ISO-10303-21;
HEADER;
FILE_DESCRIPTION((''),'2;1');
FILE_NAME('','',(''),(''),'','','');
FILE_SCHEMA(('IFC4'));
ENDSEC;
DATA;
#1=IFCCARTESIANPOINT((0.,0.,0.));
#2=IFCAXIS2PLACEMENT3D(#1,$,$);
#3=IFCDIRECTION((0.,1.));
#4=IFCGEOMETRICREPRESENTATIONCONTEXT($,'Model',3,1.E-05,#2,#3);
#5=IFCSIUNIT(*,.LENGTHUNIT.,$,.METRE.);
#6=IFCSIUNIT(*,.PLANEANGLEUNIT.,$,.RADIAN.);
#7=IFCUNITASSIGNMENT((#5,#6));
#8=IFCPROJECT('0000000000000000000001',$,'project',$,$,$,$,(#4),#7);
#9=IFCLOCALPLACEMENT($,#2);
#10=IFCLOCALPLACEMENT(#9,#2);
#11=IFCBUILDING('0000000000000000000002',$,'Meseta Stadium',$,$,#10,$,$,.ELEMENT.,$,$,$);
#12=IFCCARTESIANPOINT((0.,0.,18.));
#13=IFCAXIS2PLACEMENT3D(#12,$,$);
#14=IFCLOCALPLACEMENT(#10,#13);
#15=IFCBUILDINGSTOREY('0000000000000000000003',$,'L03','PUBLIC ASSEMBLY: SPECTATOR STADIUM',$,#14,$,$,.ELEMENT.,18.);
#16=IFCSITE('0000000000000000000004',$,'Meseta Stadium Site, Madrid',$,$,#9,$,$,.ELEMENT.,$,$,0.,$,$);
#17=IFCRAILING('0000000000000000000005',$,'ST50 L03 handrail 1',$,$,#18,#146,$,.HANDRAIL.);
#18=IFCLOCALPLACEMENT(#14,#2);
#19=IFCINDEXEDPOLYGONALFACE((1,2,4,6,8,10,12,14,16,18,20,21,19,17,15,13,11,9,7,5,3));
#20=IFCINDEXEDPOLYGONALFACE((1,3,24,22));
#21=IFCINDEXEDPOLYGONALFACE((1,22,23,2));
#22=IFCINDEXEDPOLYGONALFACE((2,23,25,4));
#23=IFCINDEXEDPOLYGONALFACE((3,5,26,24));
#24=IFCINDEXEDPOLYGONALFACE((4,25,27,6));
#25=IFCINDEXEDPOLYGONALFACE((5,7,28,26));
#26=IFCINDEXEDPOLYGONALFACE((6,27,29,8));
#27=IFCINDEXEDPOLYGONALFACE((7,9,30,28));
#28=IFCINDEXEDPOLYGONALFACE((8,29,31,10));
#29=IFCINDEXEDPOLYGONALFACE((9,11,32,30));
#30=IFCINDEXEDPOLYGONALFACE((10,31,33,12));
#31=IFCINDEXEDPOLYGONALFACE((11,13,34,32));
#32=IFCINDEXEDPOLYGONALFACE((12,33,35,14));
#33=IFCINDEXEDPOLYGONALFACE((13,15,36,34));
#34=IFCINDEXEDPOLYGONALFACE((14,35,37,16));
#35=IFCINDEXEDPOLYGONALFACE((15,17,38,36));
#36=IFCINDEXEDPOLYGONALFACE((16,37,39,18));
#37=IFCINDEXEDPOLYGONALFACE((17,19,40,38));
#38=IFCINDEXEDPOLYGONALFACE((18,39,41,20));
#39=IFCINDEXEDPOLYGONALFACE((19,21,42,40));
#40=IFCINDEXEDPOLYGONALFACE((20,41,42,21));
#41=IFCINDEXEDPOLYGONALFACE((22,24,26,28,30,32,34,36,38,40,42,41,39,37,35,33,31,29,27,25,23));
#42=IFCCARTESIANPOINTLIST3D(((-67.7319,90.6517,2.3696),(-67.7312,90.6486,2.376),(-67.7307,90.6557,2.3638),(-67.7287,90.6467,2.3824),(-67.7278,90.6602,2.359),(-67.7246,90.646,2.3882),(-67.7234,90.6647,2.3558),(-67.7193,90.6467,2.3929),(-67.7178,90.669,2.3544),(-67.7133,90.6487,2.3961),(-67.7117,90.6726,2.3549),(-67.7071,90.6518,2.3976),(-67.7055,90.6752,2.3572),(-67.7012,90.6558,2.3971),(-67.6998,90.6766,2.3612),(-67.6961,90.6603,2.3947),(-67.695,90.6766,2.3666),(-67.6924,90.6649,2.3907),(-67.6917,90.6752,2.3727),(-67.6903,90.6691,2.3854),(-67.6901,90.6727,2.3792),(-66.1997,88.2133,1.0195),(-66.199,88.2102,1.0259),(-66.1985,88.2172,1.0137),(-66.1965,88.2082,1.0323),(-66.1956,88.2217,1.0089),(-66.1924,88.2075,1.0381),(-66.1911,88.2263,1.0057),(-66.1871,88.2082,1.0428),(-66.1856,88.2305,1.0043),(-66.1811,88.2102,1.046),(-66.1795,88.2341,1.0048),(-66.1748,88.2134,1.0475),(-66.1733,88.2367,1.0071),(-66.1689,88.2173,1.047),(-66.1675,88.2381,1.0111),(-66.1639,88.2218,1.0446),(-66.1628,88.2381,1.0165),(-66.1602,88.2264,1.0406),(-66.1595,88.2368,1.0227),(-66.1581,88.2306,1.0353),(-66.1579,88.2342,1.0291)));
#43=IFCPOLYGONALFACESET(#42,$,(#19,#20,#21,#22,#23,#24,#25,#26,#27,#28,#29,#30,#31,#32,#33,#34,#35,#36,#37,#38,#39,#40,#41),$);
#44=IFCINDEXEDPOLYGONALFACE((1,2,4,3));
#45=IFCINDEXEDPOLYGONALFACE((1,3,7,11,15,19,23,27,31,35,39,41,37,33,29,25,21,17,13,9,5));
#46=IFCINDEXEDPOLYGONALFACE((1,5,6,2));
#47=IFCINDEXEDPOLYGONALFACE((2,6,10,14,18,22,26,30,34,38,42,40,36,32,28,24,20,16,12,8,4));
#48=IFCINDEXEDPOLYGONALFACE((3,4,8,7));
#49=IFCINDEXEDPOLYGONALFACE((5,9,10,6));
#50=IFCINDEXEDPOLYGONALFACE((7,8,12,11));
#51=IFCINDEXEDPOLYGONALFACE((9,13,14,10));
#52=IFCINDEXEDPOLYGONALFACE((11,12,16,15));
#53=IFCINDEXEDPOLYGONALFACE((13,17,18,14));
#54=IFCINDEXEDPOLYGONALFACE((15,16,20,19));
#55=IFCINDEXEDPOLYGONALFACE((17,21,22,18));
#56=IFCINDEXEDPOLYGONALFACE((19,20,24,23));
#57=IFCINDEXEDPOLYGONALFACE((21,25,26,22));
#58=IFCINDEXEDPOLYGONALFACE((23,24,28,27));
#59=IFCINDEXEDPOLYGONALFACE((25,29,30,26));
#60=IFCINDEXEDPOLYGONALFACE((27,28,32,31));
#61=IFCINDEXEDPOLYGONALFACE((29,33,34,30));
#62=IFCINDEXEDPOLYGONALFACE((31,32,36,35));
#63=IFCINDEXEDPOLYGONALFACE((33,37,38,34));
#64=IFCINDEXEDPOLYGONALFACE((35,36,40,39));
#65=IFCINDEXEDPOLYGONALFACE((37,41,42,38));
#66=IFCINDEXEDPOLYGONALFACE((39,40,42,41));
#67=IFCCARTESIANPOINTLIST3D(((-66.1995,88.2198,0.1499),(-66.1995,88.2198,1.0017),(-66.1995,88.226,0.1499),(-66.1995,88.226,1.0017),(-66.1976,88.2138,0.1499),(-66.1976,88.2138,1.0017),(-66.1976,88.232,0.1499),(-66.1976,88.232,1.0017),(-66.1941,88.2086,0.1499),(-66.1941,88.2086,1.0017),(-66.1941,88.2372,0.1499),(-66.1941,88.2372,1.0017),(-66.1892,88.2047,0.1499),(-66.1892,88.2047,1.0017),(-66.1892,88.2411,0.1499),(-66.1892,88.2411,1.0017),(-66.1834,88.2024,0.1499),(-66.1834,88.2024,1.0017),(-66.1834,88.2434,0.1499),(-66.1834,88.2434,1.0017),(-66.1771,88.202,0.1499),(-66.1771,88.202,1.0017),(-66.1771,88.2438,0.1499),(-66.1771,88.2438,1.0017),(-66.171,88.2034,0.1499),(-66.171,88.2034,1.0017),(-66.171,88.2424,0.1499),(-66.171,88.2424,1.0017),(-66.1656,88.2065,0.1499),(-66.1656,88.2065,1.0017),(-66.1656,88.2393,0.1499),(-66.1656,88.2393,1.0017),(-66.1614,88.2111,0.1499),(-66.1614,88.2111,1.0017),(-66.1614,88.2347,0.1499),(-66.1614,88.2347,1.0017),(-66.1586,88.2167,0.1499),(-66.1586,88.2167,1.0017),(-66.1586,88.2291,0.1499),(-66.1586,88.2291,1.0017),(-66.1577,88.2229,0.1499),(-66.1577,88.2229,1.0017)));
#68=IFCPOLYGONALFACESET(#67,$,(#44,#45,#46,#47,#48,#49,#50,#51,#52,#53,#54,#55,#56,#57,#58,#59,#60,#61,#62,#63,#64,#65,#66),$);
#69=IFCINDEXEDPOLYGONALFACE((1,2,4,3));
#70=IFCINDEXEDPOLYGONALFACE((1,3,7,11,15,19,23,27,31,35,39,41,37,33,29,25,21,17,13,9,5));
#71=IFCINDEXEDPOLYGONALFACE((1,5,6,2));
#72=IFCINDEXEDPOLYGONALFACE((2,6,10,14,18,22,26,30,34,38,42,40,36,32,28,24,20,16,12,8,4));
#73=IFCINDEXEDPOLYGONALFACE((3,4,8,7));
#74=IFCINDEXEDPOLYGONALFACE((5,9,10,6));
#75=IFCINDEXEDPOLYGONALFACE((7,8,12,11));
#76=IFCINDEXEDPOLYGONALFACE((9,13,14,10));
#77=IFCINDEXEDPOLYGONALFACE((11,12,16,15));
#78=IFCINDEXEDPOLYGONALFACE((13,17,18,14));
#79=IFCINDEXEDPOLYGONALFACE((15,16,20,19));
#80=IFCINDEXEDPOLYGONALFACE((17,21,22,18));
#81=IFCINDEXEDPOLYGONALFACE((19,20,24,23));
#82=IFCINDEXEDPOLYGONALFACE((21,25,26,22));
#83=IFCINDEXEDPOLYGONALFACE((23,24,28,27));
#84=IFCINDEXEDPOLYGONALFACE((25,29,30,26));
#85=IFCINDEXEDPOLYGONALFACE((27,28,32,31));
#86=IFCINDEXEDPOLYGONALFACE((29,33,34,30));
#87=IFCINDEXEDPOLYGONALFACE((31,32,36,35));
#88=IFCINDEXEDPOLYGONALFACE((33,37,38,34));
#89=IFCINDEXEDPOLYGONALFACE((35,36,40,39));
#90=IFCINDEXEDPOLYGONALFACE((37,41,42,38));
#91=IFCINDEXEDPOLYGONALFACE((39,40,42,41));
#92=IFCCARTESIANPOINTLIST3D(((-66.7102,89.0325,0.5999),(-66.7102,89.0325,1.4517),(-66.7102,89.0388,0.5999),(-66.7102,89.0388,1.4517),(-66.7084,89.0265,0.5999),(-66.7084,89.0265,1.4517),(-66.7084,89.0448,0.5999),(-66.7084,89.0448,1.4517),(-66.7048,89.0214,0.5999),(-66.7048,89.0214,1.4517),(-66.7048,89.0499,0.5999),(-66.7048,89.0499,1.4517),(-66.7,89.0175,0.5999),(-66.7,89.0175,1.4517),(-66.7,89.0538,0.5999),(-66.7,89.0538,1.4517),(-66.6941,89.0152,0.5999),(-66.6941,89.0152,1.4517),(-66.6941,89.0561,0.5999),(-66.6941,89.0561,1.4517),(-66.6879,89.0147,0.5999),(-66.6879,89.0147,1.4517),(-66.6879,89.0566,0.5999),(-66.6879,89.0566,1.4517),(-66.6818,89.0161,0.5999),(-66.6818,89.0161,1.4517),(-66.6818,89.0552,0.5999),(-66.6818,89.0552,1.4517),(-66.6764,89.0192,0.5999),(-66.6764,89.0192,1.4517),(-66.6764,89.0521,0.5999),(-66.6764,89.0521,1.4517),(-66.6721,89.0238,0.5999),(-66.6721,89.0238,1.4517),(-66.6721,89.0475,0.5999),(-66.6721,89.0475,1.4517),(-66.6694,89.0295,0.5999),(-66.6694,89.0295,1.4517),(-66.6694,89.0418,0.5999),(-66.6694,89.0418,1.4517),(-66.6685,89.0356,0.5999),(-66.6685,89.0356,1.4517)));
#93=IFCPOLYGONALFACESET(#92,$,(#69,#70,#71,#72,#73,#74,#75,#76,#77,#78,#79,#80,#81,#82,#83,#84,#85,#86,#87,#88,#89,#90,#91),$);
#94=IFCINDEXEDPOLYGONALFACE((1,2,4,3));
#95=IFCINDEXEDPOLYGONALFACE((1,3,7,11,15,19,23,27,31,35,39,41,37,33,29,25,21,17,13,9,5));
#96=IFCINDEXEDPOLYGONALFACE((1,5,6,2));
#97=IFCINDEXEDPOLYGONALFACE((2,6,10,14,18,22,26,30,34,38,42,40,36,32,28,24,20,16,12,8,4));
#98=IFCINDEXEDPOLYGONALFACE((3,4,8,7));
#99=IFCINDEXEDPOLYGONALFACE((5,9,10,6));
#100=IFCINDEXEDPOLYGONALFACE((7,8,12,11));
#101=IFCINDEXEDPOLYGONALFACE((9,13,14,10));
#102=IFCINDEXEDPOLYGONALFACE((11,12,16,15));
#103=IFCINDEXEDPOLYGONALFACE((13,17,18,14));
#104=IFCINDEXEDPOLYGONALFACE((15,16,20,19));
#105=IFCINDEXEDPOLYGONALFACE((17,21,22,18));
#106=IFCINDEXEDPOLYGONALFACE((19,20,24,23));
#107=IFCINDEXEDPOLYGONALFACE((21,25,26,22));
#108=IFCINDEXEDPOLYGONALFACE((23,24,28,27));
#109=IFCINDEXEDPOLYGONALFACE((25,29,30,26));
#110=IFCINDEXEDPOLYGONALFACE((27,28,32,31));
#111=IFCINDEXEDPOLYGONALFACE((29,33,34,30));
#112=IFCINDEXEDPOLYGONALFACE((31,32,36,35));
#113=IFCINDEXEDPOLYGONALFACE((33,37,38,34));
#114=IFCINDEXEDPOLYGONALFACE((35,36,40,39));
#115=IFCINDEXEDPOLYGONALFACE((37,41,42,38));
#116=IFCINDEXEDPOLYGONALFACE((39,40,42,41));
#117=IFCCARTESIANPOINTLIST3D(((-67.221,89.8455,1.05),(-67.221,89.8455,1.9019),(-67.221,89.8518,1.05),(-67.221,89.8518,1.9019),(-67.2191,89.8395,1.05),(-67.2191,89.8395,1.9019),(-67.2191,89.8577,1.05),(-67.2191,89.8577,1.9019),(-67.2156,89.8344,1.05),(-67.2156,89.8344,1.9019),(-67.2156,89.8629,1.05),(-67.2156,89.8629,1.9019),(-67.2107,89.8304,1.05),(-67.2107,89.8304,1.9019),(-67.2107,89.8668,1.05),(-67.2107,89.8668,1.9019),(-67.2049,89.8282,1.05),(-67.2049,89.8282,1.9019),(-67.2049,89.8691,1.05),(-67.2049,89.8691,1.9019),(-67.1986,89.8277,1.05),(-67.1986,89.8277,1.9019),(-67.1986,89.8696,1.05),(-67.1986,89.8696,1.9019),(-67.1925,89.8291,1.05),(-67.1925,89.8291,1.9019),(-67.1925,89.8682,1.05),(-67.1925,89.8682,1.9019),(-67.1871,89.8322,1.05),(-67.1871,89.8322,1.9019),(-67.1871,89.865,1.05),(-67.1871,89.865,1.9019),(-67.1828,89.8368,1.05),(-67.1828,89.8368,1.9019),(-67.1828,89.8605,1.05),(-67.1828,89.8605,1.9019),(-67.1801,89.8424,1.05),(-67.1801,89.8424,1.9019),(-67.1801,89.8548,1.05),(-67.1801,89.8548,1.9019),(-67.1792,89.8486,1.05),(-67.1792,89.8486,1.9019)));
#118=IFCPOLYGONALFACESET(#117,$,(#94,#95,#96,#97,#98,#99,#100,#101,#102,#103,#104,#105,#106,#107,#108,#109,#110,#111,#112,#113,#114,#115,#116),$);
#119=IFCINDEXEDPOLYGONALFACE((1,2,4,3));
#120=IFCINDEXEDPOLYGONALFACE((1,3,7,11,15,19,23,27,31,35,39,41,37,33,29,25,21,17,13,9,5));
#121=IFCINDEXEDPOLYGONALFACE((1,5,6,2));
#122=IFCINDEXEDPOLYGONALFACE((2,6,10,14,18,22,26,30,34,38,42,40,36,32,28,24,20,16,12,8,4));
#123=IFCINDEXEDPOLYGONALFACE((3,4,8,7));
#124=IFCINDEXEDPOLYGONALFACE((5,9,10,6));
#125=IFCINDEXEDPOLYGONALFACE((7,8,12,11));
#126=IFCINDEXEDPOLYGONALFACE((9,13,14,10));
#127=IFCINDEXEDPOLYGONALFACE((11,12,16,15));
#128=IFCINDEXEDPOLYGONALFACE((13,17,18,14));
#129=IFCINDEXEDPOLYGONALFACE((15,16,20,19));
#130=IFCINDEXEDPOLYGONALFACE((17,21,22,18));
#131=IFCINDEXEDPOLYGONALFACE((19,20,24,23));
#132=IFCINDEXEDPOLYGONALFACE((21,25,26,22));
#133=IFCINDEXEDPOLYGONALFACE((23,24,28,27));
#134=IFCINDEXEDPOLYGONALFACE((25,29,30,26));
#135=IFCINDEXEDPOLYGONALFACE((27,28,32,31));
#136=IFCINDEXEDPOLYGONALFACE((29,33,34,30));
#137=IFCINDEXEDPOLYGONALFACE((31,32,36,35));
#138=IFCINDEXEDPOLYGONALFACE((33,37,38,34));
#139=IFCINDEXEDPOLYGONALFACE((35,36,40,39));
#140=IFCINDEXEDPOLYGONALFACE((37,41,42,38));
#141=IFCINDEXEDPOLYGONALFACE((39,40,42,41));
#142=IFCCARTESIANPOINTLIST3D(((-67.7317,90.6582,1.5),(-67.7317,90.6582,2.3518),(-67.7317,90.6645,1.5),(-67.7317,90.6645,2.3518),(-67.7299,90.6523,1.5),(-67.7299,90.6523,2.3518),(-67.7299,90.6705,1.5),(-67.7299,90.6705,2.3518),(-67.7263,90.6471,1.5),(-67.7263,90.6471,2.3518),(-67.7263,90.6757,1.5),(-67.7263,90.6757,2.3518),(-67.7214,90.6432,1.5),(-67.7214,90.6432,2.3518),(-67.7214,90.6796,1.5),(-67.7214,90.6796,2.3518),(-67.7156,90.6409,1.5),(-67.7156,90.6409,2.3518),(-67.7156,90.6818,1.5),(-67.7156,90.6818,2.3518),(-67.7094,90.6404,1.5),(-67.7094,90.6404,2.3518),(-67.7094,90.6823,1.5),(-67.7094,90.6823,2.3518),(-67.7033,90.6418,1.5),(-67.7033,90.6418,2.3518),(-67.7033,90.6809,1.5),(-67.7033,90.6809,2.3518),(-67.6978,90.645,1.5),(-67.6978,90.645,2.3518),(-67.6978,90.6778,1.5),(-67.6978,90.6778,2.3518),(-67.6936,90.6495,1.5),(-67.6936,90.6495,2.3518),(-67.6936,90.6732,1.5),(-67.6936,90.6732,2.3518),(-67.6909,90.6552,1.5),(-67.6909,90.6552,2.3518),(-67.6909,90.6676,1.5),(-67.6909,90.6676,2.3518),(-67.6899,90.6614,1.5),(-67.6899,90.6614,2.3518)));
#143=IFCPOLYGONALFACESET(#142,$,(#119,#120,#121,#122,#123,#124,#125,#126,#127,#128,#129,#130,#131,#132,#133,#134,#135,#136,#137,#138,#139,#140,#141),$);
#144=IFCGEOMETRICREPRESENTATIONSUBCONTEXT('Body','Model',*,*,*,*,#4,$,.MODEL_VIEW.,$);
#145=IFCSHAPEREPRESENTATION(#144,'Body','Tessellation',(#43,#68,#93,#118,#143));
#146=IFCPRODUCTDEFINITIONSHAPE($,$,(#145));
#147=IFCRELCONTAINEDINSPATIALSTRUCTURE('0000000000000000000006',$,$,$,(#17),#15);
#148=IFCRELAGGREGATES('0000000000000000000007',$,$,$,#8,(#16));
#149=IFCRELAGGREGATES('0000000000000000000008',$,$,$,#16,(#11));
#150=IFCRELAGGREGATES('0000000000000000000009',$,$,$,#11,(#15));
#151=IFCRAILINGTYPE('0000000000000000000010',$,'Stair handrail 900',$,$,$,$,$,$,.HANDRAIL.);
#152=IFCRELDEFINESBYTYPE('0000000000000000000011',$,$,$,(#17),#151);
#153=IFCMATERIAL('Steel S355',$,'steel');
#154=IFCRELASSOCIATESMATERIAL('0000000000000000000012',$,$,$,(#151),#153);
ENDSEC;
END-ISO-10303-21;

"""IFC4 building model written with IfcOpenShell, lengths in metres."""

from ifc_helpers import new_model, si_unit, direction, frame, origin, origin_2d, place, context, subcontext, project, spatial, circle, extrude, material, type_object, element, save


model = new_model("IFC4")

# Units and contexts
model_context = context("Model", 3, precision=1e-05, world=origin(), true_north=direction((0.0, 1.0)))
body_context = subcontext(model_context, "Body", "Model", "MODEL_VIEW")
ifc_project = project(units=[si_unit("LENGTHUNIT", "METRE"), si_unit("PLANEANGLEUNIT", "RADIAN")], contexts=[model_context])

# Site, building, storey
site_placement = place(None, origin())
site = spatial("IfcSite", under=ifc_project, at=site_placement, Name="Meseta Stadium Site, Madrid", CompositionType="ELEMENT", RefElevation=0.0)
building_placement = place(site_placement, origin())
building = spatial("IfcBuilding", under=site, at=building_placement, Name="Meseta Stadium", CompositionType="ELEMENT")
storey_placement = place(building_placement, frame((0.0, 0.0, 18.0)))
storey = spatial("IfcBuildingStorey", under=building, at=storey_placement, Name="L03", Description="PUBLIC ASSEMBLY: SPECTATOR STADIUM", CompositionType="ELEMENT", Elevation=18.0)

# Railing
ifc_material_1 = material(Name="Steel S355", Category="steel")
railing_type_1 = type_object("IfcRailingType", Name="Stair handrail 900", PredefinedType="HANDRAIL", material=ifc_material_1)
for number, where, name in (
    (1, (-66.1787, 88.2229, 0.1499), "ST50 L03 handrail 1"),
):
    element("IfcRailing", number, at=place(storey_placement, frame(where)), inside=storey, type_object=railing_type_1, Name=name, PredefinedType="HANDRAIL", context=body_context, shape_type="SweptSolid", body=[
        extrude(circle(Radius=0.0239, at=origin_2d()), frame((0.0, 0.0, 0.876), z_axis=(-0.481731, 0.766655, 0.42447), x_axis=(-0.846719, -0.53204, 0.0)), (0.0, 0.0, 1.0), 3.1807),
        extrude(circle(Radius=0.021, at=origin_2d()), origin(), (0.0, 0.0, 1.0), 0.8518),
        extrude(circle(Radius=0.021, at=origin_2d()), frame((-0.5107, 0.8127, 0.45)), (0.0, 0.0, 1.0), 0.8518),
        extrude(circle(Radius=0.021, at=origin_2d()), frame((-1.0215, 1.6257, 0.9001)), (0.0, 0.0, 1.0), 0.8518),
        extrude(circle(Radius=0.021, at=origin_2d()), frame((-1.5322, 2.4385, 1.3501)), (0.0, 0.0, 1.0), 0.8518),
    ])

save(model, "model.ifc")
